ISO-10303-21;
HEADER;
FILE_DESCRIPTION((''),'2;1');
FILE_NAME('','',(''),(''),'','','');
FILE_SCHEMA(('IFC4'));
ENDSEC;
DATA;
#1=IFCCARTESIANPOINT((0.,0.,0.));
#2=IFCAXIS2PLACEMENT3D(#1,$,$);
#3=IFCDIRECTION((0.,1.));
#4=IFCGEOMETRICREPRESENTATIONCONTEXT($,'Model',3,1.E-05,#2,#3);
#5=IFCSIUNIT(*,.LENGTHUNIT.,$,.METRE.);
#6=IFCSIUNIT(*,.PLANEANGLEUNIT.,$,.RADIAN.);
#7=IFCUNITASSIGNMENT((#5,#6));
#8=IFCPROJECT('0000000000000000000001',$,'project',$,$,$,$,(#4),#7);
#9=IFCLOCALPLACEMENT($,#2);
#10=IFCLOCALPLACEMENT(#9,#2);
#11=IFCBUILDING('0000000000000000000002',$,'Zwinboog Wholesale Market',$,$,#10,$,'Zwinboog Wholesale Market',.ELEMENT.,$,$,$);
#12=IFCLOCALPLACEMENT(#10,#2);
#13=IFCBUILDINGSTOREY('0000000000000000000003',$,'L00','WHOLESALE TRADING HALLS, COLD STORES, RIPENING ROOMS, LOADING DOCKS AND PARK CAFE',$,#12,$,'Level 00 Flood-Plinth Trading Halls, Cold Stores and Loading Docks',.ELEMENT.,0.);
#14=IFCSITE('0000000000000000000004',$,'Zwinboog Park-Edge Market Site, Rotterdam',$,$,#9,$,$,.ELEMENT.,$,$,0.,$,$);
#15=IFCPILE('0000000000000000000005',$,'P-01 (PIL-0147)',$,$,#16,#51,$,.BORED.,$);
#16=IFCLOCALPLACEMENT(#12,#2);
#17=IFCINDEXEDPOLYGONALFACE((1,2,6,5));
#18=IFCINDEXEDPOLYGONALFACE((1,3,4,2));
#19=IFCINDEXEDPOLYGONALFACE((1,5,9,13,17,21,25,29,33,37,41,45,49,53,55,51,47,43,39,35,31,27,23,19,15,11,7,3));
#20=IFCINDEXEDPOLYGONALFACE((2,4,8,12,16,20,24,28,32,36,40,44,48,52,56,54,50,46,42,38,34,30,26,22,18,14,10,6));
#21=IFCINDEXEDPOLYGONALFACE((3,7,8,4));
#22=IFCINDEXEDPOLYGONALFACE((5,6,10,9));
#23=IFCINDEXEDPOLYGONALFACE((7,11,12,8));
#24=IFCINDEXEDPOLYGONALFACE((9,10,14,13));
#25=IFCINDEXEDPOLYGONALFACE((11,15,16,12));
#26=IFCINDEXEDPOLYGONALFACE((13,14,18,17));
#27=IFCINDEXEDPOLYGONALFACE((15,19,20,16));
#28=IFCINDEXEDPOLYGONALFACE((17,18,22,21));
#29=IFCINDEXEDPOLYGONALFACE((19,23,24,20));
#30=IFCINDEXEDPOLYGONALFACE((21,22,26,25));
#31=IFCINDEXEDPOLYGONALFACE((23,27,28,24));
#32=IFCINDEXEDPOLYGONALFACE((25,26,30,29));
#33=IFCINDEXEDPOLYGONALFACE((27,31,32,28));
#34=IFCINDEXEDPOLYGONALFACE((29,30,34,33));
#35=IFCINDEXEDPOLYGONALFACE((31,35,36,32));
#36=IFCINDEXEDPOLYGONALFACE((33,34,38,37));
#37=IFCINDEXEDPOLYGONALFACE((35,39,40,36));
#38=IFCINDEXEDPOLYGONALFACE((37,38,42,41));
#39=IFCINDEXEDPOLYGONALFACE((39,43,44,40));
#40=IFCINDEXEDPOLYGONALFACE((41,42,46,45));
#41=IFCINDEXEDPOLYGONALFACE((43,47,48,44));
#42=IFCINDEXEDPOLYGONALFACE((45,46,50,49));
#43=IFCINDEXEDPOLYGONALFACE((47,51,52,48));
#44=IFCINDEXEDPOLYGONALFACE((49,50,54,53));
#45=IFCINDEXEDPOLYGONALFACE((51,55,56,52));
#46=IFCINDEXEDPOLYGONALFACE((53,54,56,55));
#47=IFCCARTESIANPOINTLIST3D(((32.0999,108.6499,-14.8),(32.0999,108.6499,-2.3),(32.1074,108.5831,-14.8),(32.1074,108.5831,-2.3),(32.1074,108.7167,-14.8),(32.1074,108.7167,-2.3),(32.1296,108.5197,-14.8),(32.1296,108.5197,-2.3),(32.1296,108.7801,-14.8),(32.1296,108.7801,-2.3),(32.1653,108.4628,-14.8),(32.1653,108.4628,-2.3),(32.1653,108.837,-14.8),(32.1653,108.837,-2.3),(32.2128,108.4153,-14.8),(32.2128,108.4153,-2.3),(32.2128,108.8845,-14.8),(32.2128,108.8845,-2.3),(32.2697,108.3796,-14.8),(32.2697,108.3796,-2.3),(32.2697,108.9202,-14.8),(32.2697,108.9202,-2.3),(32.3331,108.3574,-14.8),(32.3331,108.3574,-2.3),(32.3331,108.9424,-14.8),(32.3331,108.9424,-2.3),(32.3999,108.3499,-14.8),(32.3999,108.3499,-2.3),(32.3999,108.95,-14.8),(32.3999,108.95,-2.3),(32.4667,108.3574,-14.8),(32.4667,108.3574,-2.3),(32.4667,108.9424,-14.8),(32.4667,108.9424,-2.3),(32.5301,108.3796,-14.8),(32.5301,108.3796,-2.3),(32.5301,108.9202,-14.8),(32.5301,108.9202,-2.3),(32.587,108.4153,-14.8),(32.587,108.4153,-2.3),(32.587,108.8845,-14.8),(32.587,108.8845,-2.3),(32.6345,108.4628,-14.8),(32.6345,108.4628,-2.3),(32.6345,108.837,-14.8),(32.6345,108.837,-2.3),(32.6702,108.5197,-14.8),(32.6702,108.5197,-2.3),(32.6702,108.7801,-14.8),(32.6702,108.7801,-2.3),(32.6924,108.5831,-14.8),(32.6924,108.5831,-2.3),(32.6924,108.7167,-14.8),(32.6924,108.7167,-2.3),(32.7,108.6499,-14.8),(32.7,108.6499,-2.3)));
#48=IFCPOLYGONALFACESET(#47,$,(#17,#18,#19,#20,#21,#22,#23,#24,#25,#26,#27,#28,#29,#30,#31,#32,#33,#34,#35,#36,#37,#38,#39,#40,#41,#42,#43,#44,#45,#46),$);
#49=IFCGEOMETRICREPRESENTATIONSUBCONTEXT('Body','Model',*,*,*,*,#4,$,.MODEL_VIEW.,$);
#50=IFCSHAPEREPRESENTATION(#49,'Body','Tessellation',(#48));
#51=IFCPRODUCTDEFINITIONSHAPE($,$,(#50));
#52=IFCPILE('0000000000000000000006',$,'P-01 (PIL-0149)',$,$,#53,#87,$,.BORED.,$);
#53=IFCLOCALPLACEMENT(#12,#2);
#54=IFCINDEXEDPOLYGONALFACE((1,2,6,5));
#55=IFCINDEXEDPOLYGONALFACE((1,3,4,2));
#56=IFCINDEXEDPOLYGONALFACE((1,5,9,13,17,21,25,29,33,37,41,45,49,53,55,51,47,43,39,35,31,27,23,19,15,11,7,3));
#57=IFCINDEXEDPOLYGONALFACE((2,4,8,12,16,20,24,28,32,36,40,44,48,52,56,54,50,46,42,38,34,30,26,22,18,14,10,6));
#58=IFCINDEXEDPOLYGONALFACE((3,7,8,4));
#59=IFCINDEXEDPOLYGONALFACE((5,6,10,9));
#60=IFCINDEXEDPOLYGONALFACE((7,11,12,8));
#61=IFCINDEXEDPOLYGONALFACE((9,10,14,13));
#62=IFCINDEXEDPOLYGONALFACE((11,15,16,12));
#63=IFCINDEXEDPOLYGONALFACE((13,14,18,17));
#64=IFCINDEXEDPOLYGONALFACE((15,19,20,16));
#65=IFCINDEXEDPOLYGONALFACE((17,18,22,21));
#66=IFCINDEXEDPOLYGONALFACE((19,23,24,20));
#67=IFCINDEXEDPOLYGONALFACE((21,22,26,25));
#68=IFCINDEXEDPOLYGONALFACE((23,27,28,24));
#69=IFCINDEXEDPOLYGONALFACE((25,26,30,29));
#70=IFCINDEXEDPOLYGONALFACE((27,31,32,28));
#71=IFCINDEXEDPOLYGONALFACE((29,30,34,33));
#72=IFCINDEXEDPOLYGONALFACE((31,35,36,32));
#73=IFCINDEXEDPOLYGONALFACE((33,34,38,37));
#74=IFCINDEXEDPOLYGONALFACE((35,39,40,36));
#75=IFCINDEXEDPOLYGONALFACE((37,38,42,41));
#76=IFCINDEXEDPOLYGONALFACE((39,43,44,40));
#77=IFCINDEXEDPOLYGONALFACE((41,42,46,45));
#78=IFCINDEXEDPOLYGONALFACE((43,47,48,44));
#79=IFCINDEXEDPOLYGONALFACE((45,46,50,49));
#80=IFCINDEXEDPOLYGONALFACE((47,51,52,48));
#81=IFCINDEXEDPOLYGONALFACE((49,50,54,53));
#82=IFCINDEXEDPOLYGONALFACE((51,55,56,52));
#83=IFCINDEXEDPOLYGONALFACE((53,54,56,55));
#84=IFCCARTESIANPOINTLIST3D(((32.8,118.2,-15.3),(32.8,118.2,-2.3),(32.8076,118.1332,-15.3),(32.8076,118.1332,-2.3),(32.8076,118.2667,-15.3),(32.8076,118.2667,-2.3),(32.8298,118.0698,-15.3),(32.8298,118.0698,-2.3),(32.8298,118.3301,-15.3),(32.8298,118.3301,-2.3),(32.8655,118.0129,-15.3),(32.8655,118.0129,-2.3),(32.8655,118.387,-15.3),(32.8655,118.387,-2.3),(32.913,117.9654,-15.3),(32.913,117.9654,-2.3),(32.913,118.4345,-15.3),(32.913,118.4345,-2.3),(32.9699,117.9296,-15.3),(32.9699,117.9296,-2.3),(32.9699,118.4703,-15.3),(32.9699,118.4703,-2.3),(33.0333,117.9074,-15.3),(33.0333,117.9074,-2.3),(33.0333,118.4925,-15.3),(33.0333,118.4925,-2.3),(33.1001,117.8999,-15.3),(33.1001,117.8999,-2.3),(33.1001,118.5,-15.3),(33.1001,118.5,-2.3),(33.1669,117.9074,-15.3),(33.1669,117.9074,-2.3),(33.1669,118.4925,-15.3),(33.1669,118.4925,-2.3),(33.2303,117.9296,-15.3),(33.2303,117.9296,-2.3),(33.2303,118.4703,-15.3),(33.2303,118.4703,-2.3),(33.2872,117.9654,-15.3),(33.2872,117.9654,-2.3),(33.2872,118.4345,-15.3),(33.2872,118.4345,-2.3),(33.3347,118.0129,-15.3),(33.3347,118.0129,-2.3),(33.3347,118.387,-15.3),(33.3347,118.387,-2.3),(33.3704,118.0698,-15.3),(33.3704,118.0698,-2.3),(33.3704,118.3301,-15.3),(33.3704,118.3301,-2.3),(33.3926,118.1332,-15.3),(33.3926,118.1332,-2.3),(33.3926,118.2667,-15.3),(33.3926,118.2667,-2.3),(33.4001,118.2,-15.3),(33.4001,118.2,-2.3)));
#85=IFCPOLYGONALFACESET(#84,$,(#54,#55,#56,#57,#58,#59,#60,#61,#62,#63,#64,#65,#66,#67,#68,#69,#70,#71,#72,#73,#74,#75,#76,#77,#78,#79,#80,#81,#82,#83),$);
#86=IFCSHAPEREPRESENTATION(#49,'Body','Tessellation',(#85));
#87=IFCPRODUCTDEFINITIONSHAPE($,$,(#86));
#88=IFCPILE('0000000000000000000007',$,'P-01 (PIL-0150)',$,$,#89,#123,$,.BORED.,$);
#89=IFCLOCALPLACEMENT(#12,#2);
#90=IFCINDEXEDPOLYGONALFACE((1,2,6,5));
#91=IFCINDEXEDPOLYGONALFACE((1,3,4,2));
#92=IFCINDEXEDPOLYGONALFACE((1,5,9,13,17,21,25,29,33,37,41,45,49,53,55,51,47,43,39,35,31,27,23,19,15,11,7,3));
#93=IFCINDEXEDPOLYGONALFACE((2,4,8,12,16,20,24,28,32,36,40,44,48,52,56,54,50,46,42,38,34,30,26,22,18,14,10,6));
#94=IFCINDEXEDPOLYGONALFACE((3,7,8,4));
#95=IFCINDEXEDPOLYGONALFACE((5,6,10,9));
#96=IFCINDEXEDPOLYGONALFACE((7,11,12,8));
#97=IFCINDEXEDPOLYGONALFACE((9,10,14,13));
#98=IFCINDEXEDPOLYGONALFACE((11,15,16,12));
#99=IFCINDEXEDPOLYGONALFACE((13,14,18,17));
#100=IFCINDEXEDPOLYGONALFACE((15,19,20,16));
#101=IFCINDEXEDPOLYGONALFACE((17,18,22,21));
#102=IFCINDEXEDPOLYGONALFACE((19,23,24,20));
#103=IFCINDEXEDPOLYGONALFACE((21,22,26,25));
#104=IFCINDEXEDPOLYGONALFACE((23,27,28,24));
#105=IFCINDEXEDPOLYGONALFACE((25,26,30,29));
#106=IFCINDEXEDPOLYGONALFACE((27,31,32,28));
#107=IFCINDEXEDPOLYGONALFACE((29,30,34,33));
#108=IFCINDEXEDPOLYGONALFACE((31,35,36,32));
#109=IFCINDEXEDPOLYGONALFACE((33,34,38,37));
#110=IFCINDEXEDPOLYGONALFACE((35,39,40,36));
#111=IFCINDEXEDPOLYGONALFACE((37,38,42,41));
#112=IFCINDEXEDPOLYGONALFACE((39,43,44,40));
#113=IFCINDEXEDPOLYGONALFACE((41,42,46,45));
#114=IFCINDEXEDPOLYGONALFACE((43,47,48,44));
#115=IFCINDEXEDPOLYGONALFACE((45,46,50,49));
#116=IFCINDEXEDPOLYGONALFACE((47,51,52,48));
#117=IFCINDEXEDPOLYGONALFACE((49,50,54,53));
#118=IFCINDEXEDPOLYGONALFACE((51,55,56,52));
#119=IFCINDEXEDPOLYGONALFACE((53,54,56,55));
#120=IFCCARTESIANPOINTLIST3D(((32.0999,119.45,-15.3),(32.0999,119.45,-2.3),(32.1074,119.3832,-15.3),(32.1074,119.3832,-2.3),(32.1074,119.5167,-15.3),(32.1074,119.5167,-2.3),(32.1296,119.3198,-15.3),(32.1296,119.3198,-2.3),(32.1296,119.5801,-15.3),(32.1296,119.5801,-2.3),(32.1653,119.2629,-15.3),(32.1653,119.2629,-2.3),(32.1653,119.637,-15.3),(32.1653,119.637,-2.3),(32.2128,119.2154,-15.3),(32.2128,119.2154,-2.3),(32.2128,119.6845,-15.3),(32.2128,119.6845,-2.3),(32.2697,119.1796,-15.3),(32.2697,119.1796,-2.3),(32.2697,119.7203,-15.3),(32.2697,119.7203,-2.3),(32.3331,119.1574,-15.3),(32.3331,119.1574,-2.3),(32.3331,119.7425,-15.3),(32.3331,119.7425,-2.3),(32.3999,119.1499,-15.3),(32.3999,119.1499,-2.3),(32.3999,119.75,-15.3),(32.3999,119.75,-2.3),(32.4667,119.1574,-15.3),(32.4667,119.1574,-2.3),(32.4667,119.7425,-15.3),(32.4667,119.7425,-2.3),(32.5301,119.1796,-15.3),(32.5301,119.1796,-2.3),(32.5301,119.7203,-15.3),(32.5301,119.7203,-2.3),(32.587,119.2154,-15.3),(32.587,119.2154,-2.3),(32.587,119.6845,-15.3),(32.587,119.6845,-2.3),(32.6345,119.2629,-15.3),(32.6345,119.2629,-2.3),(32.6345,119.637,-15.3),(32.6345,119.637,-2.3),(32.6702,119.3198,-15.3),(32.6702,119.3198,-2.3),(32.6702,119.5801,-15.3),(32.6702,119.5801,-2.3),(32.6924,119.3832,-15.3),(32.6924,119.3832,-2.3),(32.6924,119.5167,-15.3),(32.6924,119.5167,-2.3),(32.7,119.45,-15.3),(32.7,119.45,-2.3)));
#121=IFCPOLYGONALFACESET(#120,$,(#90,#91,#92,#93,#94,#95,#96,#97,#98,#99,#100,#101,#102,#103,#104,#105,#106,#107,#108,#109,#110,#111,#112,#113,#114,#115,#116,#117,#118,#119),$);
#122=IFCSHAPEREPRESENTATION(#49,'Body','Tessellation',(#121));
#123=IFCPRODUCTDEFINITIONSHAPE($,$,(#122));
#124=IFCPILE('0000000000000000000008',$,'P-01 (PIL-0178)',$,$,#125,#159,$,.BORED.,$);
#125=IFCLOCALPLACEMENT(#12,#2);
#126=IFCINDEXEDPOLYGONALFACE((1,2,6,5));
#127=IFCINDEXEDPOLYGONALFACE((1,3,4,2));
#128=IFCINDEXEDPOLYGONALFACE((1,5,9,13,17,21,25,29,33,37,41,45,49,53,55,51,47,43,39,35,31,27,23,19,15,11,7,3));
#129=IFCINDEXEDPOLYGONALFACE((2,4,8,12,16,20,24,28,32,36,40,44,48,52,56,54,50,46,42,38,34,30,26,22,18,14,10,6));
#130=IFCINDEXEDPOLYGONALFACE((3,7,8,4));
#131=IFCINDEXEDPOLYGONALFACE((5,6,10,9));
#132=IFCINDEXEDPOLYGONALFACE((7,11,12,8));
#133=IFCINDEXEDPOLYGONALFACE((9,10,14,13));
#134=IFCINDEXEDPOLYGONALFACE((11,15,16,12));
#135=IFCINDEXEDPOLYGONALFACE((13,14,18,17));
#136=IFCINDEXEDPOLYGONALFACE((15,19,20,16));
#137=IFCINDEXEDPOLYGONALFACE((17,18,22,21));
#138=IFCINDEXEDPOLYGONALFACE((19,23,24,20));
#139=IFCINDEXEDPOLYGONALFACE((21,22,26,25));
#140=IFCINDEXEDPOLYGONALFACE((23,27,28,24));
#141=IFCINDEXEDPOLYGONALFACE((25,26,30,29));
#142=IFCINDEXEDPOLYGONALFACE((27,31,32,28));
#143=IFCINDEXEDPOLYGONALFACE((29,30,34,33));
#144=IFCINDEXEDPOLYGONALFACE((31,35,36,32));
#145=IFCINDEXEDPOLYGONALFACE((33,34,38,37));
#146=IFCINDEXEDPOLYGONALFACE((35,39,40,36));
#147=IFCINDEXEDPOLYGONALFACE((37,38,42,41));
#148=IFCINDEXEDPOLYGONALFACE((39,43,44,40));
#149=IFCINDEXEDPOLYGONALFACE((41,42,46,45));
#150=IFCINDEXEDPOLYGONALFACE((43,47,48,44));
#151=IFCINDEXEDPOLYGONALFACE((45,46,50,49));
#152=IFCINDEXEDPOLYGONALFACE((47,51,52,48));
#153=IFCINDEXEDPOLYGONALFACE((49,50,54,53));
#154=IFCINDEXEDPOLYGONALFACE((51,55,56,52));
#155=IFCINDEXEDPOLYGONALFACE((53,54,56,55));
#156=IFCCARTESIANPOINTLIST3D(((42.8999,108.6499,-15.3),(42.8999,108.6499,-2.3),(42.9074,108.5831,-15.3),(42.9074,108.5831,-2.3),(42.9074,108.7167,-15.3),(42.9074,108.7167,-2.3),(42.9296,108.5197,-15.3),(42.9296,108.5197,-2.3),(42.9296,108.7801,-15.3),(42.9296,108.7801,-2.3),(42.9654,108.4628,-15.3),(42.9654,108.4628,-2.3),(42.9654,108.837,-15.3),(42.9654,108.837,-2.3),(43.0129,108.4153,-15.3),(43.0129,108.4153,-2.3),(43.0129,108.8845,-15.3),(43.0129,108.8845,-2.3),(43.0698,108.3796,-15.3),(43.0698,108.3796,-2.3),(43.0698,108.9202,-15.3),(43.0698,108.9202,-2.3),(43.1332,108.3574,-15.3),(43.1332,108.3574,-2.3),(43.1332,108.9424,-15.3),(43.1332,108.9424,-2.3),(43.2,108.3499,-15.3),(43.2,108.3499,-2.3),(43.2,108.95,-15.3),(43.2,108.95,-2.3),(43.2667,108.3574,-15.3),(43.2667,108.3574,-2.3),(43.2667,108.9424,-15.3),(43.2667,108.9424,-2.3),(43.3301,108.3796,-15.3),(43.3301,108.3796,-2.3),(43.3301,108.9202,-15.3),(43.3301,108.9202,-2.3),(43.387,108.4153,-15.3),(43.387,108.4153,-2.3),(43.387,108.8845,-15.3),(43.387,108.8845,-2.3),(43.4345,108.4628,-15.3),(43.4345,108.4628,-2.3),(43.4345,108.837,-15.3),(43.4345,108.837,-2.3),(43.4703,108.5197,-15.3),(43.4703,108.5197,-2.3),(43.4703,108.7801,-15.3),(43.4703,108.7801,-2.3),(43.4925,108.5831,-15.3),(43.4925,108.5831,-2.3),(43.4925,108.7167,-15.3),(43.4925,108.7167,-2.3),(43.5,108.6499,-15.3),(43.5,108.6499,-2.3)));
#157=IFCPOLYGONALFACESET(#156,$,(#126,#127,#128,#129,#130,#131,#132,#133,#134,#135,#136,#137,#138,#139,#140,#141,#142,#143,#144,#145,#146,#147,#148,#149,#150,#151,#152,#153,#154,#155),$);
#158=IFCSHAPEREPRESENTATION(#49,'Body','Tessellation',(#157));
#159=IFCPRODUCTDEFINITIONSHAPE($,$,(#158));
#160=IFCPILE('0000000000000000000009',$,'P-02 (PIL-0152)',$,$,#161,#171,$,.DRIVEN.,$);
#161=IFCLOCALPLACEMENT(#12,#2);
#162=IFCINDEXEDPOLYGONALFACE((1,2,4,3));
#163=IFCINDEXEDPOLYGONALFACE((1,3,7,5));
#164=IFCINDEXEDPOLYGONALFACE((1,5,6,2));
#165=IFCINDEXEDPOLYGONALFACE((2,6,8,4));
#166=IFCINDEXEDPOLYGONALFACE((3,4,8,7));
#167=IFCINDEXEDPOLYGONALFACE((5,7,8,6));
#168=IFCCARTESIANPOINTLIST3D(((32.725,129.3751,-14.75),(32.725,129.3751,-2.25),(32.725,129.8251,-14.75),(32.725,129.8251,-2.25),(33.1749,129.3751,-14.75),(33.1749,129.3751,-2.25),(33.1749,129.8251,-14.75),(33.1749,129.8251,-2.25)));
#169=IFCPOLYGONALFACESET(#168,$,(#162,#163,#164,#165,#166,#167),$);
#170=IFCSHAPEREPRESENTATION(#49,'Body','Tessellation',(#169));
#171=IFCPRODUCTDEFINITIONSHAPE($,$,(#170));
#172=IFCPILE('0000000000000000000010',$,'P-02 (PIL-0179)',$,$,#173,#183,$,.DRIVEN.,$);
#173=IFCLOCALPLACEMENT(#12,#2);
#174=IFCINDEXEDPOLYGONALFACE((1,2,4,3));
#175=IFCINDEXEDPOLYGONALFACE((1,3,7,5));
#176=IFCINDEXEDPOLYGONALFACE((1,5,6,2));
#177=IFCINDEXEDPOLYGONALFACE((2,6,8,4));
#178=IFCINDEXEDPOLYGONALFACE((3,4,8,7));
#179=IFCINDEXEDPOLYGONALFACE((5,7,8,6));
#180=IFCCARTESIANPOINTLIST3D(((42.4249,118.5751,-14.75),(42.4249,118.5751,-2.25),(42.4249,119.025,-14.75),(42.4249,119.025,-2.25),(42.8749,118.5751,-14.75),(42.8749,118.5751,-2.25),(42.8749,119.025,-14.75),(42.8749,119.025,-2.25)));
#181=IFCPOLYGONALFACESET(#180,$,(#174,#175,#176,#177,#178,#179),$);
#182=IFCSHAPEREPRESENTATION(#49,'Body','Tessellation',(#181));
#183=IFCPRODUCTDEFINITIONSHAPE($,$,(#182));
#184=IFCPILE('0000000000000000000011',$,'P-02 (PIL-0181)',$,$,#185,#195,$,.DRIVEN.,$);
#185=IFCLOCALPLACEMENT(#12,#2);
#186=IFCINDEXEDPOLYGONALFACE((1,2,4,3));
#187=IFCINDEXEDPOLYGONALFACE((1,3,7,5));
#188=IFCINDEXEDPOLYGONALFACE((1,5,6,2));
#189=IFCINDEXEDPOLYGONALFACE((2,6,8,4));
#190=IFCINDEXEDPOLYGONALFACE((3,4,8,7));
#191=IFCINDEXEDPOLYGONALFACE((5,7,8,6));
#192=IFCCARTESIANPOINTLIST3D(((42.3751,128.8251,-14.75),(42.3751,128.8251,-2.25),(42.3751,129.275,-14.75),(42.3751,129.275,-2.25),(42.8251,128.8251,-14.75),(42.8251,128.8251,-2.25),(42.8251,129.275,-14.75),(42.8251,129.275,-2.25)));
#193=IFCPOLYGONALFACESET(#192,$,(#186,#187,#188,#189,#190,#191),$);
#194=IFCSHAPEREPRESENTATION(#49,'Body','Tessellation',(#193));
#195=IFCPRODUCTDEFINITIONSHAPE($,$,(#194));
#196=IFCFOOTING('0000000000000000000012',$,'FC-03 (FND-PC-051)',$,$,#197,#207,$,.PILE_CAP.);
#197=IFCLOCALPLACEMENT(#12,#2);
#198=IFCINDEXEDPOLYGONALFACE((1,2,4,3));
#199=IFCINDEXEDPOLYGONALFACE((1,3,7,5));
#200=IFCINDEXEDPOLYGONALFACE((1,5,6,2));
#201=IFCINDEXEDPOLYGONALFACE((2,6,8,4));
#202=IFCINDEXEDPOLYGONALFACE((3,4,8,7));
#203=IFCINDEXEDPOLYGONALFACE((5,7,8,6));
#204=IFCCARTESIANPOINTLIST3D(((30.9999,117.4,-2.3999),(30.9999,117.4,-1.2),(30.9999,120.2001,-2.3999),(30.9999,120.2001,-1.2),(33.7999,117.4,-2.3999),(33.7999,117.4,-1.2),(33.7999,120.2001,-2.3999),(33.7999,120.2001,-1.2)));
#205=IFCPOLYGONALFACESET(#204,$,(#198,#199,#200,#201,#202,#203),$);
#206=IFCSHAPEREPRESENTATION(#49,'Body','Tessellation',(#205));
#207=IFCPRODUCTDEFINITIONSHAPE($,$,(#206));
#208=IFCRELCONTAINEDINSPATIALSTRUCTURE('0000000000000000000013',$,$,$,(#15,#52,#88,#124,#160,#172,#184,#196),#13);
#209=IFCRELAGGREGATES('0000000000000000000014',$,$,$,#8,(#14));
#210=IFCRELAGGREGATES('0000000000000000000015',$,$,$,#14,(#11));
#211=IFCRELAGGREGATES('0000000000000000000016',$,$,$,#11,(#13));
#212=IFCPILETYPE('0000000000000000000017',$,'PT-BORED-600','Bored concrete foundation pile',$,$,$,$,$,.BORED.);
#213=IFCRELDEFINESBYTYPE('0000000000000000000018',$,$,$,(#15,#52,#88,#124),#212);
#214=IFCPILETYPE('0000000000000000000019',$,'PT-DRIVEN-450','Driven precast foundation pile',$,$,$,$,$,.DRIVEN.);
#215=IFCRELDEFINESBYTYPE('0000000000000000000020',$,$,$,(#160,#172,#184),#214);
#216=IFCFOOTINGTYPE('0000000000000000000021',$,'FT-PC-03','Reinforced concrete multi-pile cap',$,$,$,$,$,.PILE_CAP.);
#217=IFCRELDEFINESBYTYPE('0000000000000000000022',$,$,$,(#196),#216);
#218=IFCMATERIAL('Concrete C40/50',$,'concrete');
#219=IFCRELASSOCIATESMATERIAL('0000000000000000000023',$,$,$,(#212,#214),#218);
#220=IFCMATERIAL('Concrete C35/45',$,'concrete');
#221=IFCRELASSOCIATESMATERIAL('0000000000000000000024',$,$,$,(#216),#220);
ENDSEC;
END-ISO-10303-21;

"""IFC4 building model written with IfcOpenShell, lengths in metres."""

from ifc_helpers import new_model, si_unit, direction, frame, origin, origin_2d, place, context, subcontext, project, spatial, rectangle, circle, extrude, material, material_profile, profile_set, type_object, element, save


model = new_model("IFC4")

# Units and contexts
model_context = context("Model", 3, precision=1e-05, world=origin(), true_north=direction((0.0, 1.0)))
body_context = subcontext(model_context, "Body", "Model", "MODEL_VIEW")
ifc_project = project(units=[si_unit("LENGTHUNIT", "METRE"), si_unit("PLANEANGLEUNIT", "RADIAN")], contexts=[model_context])

# Site, building, storey
site_placement = place(None, origin())
site = spatial("IfcSite", under=ifc_project, at=site_placement, Name="Zwinboog Park-Edge Market Site, Rotterdam", CompositionType="ELEMENT", RefElevation=0.0)
building_placement = place(site_placement, origin())
building = spatial("IfcBuilding", under=site, at=building_placement, Name="Zwinboog Wholesale Market", LongName="Zwinboog Wholesale Market", CompositionType="ELEMENT")
storey_placement = place(building_placement, origin())
storey = spatial("IfcBuildingStorey", under=building, at=storey_placement, Name="L00", Description="WHOLESALE TRADING HALLS, COLD STORES, RIPENING ROOMS, LOADING DOCKS AND PARK CAFE", LongName="Level 00 Flood-Plinth Trading Halls, Cold Stores and Loading Docks", CompositionType="ELEMENT", Elevation=0.0)

# Piles
ifc_material_1 = material(Name="Concrete C40/50", Category="concrete")
ifc_material_profile_1 = material_profile(ifc_material_1, circle(Radius=0.3, at=origin_2d()), Name="PILE D600")
ifc_profile_set_1 = profile_set([ifc_material_profile_1], Name="Concrete C40/50")
pile_type_1 = type_object("IfcPileType", Name="PT-BORED-600", Description="Bored concrete foundation pile", PredefinedType="BORED", material=ifc_profile_set_1)
pile_placement = place(storey_placement, frame((32.3999, 108.6499, -2.3), z_axis=(0.0, 0.0, -1.0), x_axis=(1.0, 0.0, 0.0)))
element("IfcPile", 1, at=pile_placement, inside=storey, type_object=pile_type_1, Name="P-01 (PIL-0147)", PredefinedType="BORED", context=body_context, shape_type="SweptSolid", body=[
    extrude(circle(Radius=0.3, at=origin_2d()), origin(), (0.0, 0.0, 1.0), 12.5),
])
for number, where, z_axis, x_axis, name in (
    (2, (33.1001, 118.2, -2.3), (0.0, 0.0, -1.0), (1.0, 0.0, 0.0), "P-01 (PIL-0149)"),
    (3, (32.3999, 119.45, -2.3), (0.0, 0.0, -1.0), (1.0, 0.0, 0.0), "P-01 (PIL-0150)"),
    (4, (43.2, 108.6499, -2.3), (0.0, 0.0, -1.0), (1.0, 0.0, 0.0), "P-01 (PIL-0178)"),
):
    element("IfcPile", number, at=place(storey_placement, frame(where, z_axis=z_axis, x_axis=x_axis)), inside=storey, type_object=pile_type_1, Name=name, PredefinedType="BORED", context=body_context, shape_type="SweptSolid", body=[
        extrude(circle(Radius=0.3, at=origin_2d()), origin(), (0.0, 0.0, 1.0), 13.0),
    ])
ifc_material_profile_2 = material_profile(ifc_material_1, rectangle(XDim=0.45, YDim=0.45, at=origin_2d()), Name="PILE SQ450")
ifc_profile_set_2 = profile_set([ifc_material_profile_2], Name="Concrete C40/50")
pile_type_2 = type_object("IfcPileType", Name="PT-DRIVEN-450", Description="Driven precast foundation pile", PredefinedType="DRIVEN", material=ifc_profile_set_2)
for number, where, z_axis, x_axis, name in (
    (5, (32.95, 129.6001, -2.25), (0.0, 0.0, -1.0), (1.0, 0.0, 0.0), "P-02 (PIL-0152)"),
    (6, (42.6499, 118.8, -2.25), (0.0, 0.0, -1.0), (1.0, 0.0, 0.0), "P-02 (PIL-0179)"),
    (7, (42.6001, 129.05, -2.25), (0.0, 0.0, -1.0), (1.0, 0.0, 0.0), "P-02 (PIL-0181)"),
):
    element("IfcPile", number, at=place(storey_placement, frame(where, z_axis=z_axis, x_axis=x_axis)), inside=storey, type_object=pile_type_2, Name=name, PredefinedType="DRIVEN", context=body_context, shape_type="SweptSolid", body=[
        extrude(rectangle(XDim=0.45, YDim=0.45, at=origin_2d()), origin(), (0.0, 0.0, 1.0), 12.5),
    ])

# Footing
ifc_material_2 = material(Name="Concrete C35/45", Category="concrete")
footing_type_1 = type_object("IfcFootingType", Name="FT-PC-03", Description="Reinforced concrete multi-pile cap", PredefinedType="PILE_CAP", material=ifc_material_2)
footing_placement = place(storey_placement, frame((32.3999, 118.8, -2.3999), z_axis=(0.0, 0.0, 1.0), x_axis=(1.0, 0.0, 0.0)))
element("IfcFooting", 8, at=footing_placement, inside=storey, type_object=footing_type_1, Name="FC-03 (FND-PC-051)", PredefinedType="PILE_CAP", context=body_context, shape_type="SweptSolid", body=[
    extrude(rectangle(XDim=2.8, YDim=2.8, at=origin_2d()), origin(), (0.0, 0.0, 1.0), 1.2),
])

save(model, "model.ifc")
